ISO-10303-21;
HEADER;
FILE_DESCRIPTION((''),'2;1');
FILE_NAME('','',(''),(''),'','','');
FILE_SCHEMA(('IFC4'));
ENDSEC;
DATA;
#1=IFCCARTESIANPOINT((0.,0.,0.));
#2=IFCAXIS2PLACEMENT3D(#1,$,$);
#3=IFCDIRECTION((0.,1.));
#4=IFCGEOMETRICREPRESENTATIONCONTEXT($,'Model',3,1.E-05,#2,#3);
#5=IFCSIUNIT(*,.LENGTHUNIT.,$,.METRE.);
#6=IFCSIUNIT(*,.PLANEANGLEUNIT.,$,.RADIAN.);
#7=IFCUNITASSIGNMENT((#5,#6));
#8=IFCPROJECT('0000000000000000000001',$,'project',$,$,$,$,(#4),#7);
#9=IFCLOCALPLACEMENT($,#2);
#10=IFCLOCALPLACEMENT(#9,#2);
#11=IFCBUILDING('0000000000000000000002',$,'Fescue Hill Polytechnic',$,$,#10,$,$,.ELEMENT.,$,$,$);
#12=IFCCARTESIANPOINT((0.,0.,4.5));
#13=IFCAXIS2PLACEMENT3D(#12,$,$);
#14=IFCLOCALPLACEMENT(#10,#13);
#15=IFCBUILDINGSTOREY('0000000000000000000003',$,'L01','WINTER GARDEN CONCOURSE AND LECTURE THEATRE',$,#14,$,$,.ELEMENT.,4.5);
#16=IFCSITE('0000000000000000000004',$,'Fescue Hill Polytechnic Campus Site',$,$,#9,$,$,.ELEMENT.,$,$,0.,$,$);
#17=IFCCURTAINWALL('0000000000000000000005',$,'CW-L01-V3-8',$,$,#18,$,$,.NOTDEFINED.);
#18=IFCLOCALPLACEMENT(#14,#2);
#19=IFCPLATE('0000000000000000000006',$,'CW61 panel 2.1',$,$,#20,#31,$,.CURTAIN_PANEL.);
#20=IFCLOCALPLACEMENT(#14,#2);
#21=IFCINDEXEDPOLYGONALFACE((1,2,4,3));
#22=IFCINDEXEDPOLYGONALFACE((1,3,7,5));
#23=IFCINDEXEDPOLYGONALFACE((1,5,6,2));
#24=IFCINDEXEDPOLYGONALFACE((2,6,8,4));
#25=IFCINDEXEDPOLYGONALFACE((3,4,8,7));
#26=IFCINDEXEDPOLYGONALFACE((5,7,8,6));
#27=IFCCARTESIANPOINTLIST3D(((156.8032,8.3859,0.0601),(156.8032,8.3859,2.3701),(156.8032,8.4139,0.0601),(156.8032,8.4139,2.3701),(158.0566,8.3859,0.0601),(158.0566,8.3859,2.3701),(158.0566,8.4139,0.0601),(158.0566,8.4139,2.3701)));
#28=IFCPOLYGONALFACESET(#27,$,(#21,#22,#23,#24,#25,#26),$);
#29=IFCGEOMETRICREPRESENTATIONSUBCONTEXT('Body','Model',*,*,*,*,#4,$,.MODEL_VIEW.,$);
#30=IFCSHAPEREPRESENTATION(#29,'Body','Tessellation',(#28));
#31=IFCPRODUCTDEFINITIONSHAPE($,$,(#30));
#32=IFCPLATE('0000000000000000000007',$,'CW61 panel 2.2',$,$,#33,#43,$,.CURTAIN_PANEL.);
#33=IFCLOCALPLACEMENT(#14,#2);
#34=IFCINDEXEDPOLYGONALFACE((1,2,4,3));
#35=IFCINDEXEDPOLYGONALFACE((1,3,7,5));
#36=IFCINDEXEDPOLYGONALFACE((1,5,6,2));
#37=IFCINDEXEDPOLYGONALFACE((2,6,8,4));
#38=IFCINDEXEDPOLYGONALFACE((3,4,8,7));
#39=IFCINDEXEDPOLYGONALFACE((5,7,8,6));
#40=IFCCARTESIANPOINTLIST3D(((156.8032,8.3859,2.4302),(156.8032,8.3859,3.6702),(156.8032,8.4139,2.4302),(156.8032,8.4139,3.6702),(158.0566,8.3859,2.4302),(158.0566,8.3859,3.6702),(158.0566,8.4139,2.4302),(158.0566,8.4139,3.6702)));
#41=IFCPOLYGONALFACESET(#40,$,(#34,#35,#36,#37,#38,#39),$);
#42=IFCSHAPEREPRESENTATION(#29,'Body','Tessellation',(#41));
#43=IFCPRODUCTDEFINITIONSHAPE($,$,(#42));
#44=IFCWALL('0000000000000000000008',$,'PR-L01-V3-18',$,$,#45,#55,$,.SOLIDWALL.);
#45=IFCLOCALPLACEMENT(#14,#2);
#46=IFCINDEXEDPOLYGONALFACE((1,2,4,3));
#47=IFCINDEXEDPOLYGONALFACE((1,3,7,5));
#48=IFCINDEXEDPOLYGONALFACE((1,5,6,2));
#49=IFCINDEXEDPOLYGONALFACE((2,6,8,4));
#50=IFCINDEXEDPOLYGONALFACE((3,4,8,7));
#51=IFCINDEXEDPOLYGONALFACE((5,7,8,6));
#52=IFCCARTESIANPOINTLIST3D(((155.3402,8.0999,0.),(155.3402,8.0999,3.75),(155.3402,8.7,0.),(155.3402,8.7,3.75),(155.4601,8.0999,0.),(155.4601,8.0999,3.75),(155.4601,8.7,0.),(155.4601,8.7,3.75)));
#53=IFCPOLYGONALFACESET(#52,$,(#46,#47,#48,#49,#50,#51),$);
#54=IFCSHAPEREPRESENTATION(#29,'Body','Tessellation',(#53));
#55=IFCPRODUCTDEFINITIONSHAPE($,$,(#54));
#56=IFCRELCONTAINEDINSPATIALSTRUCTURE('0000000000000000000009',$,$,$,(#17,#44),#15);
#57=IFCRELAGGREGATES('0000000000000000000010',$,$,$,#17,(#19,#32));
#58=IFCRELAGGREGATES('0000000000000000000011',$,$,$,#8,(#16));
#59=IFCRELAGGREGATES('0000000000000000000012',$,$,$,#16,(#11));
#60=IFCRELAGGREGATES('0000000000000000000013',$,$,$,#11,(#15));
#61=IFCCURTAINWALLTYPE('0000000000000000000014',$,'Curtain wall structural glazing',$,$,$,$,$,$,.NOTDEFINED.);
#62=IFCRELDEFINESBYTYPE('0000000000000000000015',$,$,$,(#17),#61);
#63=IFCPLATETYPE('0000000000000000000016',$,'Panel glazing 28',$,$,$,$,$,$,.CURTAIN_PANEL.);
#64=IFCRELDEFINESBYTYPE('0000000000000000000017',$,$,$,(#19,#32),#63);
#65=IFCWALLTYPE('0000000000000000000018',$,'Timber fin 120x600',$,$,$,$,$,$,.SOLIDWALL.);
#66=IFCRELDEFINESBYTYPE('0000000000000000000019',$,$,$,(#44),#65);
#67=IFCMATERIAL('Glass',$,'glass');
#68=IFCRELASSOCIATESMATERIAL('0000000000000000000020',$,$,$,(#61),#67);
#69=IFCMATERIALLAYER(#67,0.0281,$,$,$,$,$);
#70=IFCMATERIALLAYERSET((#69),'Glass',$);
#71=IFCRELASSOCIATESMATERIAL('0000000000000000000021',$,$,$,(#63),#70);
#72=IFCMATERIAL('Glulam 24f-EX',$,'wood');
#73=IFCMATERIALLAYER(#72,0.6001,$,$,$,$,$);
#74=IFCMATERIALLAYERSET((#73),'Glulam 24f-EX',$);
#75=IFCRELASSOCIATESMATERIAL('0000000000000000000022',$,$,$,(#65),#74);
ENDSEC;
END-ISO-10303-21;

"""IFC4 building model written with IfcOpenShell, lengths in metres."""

from ifc_helpers import new_model, si_unit, direction, frame, frame_2d, origin, origin_2d, place, context, subcontext, project, spatial, rectangle, extrude, material, layer, layer_set, type_object, element, aggregate, save


model = new_model("IFC4")

# Units and contexts
model_context = context("Model", 3, precision=1e-05, world=origin(), true_north=direction((0.0, 1.0)))
body_context = subcontext(model_context, "Body", "Model", "MODEL_VIEW")
ifc_project = project(units=[si_unit("LENGTHUNIT", "METRE"), si_unit("PLANEANGLEUNIT", "RADIAN")], contexts=[model_context])

# Site, building, storey
site_placement = place(None, origin())
site = spatial("IfcSite", under=ifc_project, at=site_placement, Name="Fescue Hill Polytechnic Campus Site", CompositionType="ELEMENT", RefElevation=0.0)
building_placement = place(site_placement, origin())
building = spatial("IfcBuilding", under=site, at=building_placement, Name="Fescue Hill Polytechnic", CompositionType="ELEMENT")
storey_placement = place(building_placement, frame((0.0, 0.0, 4.5)))
storey = spatial("IfcBuildingStorey", under=building, at=storey_placement, Name="L01", Description="WINTER GARDEN CONCOURSE AND LECTURE THEATRE", CompositionType="ELEMENT", Elevation=4.5)

# Curtain wall, plates
ifc_material_1 = material(Name="Glass", Category="glass")
curtain_wall_type = type_object("IfcCurtainWallType", Name="Curtain wall structural glazing", PredefinedType="NOTDEFINED", material=ifc_material_1)
curtain_wall_placement = place(storey_placement, origin())
curtain_wall = element("IfcCurtainWall", 1, at=curtain_wall_placement, inside=storey, type_object=curtain_wall_type, Name="CW-L01-V3-8", PredefinedType="NOTDEFINED")
ifc_layer_1 = layer(ifc_material_1, 0.0281)
ifc_layer_set_1 = layer_set([ifc_layer_1], Name="Glass")
plate_type = type_object("IfcPlateType", Name="Panel glazing 28", PredefinedType="CURTAIN_PANEL", material=ifc_layer_set_1)
plate_1_placement = place(storey_placement, frame((157.4299, 8.3999, 0.0601), z_axis=(0.0, 0.0, 1.0), x_axis=(1.0, 0.0, 0.0)))
plate_1 = element("IfcPlate", 2, at=plate_1_placement, type_object=plate_type, Name="CW61 panel 2.1", PredefinedType="CURTAIN_PANEL", context=body_context, shape_type="SweptSolid", body=[
    extrude(rectangle(XDim=1.2534, YDim=0.0281, at=origin_2d()), origin(), (0.0, 0.0, 1.0), 2.3101),
])
plate_2_placement = place(storey_placement, frame((157.4299, 8.3999, 2.4302), z_axis=(0.0, 0.0, 1.0), x_axis=(1.0, 0.0, 0.0)))
plate_2 = element("IfcPlate", 3, at=plate_2_placement, type_object=plate_type, Name="CW61 panel 2.2", PredefinedType="CURTAIN_PANEL", context=body_context, shape_type="SweptSolid", body=[
    extrude(rectangle(XDim=1.2534, YDim=0.0281, at=origin_2d()), origin(), (0.0, 0.0, 1.0), 1.24),
])
aggregate(curtain_wall, [plate_1, plate_2])

# Wall
ifc_material_2 = material(Name="Glulam 24f-EX", Category="wood")
ifc_layer_2 = layer(ifc_material_2, 0.6001)
ifc_layer_set_2 = layer_set([ifc_layer_2], Name="Glulam 24f-EX")
wall_type = type_object("IfcWallType", Name="Timber fin 120x600", PredefinedType="SOLIDWALL", material=ifc_layer_set_2)
wall_placement = place(storey_placement, frame((155.3401, 8.3999, 0.0), z_axis=(0.0, 0.0, 1.0), x_axis=(1.0, 0.0, 0.0)))
element("IfcWall", 4, at=wall_placement, inside=storey, type_object=wall_type, Name="PR-L01-V3-18", PredefinedType="SOLIDWALL", context=body_context, shape_type="SweptSolid", body=[
    extrude(rectangle(XDim=0.1199, YDim=0.6001, at=frame_2d((0.0601, 0.0))), origin(), (0.0, 0.0, 1.0), 3.75),
])

save(model, "model.ifc")
